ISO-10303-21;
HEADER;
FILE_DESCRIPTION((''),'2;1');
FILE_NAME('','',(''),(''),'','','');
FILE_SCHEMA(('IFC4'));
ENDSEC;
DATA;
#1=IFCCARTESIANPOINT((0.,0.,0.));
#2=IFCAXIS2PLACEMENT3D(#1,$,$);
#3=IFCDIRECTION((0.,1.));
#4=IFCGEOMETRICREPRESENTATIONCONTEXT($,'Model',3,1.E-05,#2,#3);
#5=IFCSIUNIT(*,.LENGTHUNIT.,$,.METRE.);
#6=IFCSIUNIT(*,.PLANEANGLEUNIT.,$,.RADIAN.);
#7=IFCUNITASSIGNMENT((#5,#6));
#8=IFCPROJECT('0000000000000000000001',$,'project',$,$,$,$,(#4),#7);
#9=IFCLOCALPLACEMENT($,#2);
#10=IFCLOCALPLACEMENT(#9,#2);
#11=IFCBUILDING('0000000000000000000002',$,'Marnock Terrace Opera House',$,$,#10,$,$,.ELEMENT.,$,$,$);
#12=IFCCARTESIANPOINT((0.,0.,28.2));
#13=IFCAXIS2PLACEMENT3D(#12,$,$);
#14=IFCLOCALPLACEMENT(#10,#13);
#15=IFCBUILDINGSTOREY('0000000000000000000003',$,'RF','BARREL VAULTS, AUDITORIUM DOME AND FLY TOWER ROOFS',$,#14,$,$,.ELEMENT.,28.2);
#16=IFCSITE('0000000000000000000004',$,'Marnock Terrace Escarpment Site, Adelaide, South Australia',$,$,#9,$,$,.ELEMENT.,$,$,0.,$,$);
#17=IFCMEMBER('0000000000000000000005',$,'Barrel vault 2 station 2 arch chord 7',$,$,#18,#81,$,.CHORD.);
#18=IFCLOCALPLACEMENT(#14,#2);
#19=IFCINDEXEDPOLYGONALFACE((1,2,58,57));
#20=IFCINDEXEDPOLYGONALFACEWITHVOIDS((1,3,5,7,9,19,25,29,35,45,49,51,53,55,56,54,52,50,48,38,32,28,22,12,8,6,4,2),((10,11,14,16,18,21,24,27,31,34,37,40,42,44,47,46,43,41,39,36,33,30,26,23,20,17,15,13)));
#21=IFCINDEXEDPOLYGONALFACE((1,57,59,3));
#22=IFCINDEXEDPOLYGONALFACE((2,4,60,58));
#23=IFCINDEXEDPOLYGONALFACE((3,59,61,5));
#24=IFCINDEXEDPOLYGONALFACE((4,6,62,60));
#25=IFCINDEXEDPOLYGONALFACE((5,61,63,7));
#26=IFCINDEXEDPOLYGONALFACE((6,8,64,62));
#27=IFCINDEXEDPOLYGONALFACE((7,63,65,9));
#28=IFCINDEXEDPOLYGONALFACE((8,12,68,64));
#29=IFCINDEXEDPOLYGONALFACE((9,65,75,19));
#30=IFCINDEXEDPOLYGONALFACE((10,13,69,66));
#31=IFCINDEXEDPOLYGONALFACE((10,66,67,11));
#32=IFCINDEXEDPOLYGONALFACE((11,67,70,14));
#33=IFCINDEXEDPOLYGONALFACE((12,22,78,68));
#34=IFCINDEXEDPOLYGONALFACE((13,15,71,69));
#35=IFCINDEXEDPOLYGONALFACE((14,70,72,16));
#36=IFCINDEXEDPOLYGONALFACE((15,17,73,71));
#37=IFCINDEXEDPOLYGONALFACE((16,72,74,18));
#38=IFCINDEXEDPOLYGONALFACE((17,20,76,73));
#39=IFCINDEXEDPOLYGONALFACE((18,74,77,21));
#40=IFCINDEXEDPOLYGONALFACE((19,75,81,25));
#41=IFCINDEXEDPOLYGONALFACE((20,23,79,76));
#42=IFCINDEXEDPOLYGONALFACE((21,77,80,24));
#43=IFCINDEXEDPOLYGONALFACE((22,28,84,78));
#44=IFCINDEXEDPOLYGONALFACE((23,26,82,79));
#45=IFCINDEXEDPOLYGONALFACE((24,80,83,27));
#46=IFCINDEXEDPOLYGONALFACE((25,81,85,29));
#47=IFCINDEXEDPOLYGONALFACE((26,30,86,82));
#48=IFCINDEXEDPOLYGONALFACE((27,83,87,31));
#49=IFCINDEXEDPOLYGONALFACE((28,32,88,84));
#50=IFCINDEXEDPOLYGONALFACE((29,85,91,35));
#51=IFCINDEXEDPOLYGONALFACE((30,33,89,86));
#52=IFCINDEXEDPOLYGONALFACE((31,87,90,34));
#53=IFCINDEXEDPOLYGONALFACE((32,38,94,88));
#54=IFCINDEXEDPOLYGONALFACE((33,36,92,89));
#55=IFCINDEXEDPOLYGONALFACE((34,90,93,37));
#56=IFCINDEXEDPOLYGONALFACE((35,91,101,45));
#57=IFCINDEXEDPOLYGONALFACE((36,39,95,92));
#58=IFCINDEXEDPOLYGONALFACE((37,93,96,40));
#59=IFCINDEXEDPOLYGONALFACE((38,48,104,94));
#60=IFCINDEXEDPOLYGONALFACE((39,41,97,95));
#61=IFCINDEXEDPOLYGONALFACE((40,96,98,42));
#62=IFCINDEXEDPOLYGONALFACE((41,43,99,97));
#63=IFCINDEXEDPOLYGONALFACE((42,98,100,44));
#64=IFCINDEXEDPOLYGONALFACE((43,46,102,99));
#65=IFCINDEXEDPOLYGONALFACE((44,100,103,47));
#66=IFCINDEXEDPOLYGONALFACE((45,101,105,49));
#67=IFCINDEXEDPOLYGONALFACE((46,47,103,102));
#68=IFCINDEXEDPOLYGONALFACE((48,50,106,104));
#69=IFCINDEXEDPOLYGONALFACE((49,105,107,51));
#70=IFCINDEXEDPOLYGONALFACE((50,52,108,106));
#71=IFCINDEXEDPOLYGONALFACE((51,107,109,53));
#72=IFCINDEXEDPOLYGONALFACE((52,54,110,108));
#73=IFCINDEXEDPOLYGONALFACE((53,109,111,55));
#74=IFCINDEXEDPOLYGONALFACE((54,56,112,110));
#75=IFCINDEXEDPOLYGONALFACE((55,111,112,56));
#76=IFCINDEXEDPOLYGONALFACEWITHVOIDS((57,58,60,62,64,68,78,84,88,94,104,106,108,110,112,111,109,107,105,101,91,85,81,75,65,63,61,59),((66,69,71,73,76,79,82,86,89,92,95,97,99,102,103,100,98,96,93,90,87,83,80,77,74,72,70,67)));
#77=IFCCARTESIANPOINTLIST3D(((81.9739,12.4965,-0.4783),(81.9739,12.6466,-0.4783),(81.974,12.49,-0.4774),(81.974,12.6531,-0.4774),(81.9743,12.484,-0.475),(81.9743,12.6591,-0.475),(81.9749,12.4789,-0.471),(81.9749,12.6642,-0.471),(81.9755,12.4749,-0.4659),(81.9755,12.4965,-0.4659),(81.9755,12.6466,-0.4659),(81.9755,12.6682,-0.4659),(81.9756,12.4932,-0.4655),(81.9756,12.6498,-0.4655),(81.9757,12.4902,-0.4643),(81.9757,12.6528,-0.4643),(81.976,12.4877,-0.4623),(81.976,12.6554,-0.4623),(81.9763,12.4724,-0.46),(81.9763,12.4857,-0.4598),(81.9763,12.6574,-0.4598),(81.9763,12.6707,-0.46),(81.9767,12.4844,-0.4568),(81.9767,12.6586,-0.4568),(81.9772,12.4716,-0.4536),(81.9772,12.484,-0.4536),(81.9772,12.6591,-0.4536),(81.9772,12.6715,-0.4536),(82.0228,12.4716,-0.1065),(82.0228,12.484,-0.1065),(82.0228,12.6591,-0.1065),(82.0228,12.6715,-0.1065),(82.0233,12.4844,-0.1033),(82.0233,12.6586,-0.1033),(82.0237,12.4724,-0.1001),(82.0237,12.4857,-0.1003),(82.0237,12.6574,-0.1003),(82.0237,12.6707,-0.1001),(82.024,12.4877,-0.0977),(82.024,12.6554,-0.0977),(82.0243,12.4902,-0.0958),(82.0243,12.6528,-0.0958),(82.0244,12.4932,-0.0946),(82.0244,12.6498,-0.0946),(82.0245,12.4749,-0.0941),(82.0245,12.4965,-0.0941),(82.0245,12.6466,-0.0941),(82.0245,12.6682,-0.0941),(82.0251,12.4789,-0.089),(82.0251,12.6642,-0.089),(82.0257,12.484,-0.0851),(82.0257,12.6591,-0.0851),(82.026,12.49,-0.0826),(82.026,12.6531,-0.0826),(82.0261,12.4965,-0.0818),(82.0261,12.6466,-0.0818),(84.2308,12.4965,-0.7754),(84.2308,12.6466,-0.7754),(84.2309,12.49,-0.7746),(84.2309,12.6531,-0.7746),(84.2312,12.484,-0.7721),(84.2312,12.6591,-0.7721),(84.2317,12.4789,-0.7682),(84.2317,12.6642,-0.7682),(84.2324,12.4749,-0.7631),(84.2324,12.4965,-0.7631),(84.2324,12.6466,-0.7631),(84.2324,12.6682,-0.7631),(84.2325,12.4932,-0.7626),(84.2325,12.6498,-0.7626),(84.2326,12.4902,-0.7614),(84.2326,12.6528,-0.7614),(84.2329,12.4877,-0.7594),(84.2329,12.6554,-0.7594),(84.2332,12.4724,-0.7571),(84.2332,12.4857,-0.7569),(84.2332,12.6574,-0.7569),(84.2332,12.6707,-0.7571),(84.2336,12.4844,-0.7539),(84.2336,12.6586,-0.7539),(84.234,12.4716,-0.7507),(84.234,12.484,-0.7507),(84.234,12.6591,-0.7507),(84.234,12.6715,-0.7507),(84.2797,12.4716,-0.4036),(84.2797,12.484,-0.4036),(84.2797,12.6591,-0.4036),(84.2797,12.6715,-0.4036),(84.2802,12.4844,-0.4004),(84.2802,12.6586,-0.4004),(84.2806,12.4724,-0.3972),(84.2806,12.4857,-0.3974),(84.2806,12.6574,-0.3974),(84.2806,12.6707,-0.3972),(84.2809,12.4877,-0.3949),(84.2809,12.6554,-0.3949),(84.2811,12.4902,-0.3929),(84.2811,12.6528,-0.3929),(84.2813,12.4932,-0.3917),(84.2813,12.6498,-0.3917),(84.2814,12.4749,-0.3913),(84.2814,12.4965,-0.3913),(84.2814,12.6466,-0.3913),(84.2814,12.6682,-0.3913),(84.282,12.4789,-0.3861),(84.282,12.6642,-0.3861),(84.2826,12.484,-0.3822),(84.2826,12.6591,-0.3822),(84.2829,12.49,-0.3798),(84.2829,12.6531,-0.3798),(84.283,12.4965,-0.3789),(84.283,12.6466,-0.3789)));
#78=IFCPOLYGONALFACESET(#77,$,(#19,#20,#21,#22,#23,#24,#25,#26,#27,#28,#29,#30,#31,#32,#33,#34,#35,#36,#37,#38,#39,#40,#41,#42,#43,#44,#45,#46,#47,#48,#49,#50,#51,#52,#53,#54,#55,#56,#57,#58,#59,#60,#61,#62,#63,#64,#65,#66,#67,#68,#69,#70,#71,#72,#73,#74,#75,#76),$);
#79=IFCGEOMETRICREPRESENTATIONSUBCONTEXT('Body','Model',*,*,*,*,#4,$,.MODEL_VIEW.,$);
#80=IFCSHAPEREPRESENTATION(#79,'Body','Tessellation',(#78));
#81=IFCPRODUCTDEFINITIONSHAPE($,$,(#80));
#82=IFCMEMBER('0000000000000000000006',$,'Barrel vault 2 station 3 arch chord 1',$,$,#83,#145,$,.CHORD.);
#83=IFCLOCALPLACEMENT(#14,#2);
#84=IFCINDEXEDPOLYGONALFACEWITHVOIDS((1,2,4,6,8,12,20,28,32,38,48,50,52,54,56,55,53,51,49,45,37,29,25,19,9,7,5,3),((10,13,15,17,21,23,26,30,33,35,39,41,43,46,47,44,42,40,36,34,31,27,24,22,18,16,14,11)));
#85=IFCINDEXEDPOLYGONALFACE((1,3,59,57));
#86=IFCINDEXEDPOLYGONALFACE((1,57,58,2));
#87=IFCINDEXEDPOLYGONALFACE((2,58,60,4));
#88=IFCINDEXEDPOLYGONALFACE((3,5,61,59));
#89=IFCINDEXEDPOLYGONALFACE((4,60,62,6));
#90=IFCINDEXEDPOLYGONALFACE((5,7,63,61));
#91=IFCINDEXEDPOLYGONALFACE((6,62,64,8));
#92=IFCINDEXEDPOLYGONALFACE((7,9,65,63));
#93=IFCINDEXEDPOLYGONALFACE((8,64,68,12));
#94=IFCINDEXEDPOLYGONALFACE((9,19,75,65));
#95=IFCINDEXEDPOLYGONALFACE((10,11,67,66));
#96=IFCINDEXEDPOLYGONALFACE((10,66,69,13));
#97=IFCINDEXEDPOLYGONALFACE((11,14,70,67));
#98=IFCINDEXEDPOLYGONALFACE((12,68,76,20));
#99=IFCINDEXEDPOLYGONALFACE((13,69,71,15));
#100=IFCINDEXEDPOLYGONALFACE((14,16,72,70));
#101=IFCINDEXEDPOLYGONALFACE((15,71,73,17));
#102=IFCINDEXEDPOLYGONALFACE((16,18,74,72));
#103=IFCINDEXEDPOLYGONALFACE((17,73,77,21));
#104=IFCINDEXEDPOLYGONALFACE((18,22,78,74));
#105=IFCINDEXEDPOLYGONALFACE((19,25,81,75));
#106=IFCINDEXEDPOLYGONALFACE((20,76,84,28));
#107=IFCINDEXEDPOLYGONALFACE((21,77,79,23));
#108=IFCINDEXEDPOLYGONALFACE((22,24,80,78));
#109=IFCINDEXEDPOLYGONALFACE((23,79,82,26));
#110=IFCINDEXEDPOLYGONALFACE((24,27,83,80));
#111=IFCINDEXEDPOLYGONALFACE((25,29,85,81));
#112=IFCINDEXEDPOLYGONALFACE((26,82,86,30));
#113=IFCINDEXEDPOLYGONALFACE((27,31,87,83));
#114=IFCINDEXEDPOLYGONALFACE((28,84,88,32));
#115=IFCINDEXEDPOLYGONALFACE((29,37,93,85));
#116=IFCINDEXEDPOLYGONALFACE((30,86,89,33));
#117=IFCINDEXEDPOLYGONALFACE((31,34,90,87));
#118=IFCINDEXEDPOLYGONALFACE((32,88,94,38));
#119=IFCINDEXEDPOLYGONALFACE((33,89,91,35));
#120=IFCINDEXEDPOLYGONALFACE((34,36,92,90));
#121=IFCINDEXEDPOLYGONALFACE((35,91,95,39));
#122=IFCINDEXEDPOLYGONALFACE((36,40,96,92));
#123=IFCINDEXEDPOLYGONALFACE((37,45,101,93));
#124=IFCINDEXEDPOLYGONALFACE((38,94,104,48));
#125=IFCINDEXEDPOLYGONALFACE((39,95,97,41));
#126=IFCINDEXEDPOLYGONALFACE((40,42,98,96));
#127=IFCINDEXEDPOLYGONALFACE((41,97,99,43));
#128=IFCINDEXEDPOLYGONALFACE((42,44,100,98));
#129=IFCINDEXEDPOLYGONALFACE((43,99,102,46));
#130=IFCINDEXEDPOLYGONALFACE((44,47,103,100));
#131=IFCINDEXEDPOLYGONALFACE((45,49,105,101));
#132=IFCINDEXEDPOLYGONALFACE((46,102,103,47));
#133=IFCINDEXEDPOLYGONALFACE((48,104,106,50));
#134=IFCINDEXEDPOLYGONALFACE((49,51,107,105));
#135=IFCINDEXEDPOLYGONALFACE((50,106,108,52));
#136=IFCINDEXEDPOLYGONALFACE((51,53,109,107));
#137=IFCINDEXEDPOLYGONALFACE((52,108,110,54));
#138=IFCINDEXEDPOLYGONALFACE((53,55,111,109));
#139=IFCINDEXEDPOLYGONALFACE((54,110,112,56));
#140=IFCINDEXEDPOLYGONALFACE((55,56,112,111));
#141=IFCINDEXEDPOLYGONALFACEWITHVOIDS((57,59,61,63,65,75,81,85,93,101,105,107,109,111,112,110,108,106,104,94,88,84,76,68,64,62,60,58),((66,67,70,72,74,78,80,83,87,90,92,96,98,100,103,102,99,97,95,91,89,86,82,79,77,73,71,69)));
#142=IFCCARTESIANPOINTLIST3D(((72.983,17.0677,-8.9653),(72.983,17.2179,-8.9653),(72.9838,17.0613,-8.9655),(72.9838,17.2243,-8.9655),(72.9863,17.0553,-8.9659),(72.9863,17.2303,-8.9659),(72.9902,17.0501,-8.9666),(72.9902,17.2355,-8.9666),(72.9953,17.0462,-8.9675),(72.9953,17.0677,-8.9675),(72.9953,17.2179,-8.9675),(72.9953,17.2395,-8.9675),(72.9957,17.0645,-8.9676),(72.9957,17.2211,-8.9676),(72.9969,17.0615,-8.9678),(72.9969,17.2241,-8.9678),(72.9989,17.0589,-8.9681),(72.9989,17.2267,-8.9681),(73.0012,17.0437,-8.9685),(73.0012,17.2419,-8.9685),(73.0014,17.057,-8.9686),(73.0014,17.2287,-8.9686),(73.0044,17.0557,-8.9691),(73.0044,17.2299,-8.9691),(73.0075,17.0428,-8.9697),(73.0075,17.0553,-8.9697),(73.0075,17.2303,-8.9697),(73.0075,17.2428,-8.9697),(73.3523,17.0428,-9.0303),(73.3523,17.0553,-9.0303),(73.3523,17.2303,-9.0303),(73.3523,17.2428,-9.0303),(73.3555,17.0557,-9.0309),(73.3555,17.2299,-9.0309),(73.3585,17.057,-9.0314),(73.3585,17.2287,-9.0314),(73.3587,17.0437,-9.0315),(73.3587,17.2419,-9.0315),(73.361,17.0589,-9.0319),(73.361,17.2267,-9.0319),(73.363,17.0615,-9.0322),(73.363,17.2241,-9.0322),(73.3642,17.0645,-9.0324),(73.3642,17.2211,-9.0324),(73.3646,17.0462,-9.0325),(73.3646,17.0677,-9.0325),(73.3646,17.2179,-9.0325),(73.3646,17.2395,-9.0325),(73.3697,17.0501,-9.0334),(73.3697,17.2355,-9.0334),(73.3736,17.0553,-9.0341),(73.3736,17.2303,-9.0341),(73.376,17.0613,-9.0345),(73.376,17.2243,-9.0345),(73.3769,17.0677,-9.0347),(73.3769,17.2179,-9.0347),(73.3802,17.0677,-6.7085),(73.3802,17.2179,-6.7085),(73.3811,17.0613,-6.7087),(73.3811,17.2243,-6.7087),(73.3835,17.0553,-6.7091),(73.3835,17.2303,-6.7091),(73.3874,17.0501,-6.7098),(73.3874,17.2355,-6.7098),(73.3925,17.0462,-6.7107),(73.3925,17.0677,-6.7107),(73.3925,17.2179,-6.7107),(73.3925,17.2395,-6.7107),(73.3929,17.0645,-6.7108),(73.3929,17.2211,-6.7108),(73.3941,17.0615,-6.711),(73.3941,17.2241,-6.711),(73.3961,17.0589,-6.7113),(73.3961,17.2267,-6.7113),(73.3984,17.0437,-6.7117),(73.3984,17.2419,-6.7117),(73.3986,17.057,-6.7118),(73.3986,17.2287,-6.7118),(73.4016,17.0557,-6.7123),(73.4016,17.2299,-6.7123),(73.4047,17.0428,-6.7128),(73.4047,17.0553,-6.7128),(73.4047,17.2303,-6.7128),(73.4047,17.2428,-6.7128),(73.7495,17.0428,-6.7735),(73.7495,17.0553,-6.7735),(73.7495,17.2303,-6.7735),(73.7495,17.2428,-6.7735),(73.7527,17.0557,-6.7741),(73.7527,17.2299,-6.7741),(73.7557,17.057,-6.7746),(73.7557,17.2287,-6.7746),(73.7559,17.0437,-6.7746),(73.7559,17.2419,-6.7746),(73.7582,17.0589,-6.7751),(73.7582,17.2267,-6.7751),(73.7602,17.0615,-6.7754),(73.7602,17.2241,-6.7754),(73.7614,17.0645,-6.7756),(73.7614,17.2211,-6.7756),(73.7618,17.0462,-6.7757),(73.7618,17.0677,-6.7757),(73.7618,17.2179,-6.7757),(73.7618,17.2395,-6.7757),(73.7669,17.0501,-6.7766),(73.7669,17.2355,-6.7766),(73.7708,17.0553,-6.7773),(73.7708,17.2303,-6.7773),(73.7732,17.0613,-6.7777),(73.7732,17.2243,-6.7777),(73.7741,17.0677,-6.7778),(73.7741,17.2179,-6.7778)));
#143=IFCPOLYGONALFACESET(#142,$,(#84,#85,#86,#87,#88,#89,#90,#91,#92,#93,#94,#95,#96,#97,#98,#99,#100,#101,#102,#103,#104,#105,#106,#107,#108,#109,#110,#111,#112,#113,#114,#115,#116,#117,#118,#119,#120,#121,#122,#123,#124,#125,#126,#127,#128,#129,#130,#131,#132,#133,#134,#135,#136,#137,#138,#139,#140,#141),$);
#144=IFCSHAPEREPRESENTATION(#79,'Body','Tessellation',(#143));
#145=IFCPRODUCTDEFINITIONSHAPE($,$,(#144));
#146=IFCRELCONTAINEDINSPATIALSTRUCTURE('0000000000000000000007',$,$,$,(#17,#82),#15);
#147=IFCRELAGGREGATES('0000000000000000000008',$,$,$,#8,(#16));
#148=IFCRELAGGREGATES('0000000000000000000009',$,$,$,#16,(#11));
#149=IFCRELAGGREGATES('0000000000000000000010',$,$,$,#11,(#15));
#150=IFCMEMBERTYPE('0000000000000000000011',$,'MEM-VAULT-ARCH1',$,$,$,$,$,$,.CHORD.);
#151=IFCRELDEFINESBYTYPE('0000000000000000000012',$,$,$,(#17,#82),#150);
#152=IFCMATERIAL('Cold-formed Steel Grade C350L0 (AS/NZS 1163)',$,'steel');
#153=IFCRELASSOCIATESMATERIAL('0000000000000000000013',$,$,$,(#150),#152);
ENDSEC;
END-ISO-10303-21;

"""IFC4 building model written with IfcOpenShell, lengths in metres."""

from ifc_helpers import new_model, si_unit, direction, frame, origin, origin_2d, place, context, subcontext, project, spatial, hollow_rectangle, extrude, material, material_profile, profile_set, type_object, element, save


model = new_model("IFC4")

# Units and contexts
model_context = context("Model", 3, precision=1e-05, world=origin(), true_north=direction((0.0, 1.0)))
body_context = subcontext(model_context, "Body", "Model", "MODEL_VIEW")
ifc_project = project(units=[si_unit("LENGTHUNIT", "METRE"), si_unit("PLANEANGLEUNIT", "RADIAN")], contexts=[model_context])

# Site, building, storey
site_placement = place(None, origin())
site = spatial("IfcSite", under=ifc_project, at=site_placement, Name="Marnock Terrace Escarpment Site, Adelaide, South Australia", CompositionType="ELEMENT", RefElevation=0.0)
building_placement = place(site_placement, origin())
building = spatial("IfcBuilding", under=site, at=building_placement, Name="Marnock Terrace Opera House", CompositionType="ELEMENT")
storey_placement = place(building_placement, frame((0.0, 0.0, 28.2)))
storey = spatial("IfcBuildingStorey", under=building, at=storey_placement, Name="RF", Description="BARREL VAULTS, AUDITORIUM DOME AND FLY TOWER ROOFS", CompositionType="ELEMENT", Elevation=28.2)

# Members
ifc_material = material(Name="Cold-formed Steel Grade C350L0 (AS/NZS 1163)", Category="steel")
ifc_material_profile_1 = material_profile(ifc_material, hollow_rectangle(XDim=0.2, YDim=0.3999, WallThickness=0.0125, InnerFilletRadius=0.0125, OuterFilletRadius=0.0249, at=origin_2d()))
ifc_profile_set_1 = profile_set([ifc_material_profile_1], Name="Cold-formed Steel Grade C350L0 (AS/NZS 1163)")
member_type_1 = type_object("IfcMemberType", Name="MEM-VAULT-ARCH1", PredefinedType="CHORD", material=ifc_profile_set_1)
for number, where, z_axis, x_axis, name in (
    (1, (82.0, 12.5715, -0.28), (0.991445, 0.0, -0.130527), (0.0, 1.0, 0.0), "Barrel vault 2 station 2 arch chord 7"),
):
    element("IfcMember", number, at=place(storey_placement, frame(where, z_axis=z_axis, x_axis=x_axis)), inside=storey, type_object=member_type_1, Name=name, PredefinedType="CHORD", context=body_context, shape_type="SweptSolid", body=[
        extrude(hollow_rectangle(XDim=0.2, YDim=0.3999, WallThickness=0.0125, InnerFilletRadius=0.0125, OuterFilletRadius=0.0249, at=origin_2d()), origin(), (0.0, 0.0, 1.0), 2.2764),
    ])
member_1_placement = place(storey_placement, frame((73.1799, 17.1428, -9.0), z_axis=(0.173342, 0.0, 0.984862), x_axis=(0.0, 1.0, 0.0)))
element("IfcMember", 2, at=member_1_placement, inside=storey, type_object=member_type_1, Name="Barrel vault 2 station 3 arch chord 1", PredefinedType="CHORD", context=body_context, shape_type="SweptSolid", body=[
    extrude(hollow_rectangle(XDim=0.2, YDim=0.3999, WallThickness=0.0125, InnerFilletRadius=0.0125, OuterFilletRadius=0.0249, at=origin_2d()), origin(), (0.0, 0.0, 1.0), 2.2915),
])

save(model, "model.ifc")
